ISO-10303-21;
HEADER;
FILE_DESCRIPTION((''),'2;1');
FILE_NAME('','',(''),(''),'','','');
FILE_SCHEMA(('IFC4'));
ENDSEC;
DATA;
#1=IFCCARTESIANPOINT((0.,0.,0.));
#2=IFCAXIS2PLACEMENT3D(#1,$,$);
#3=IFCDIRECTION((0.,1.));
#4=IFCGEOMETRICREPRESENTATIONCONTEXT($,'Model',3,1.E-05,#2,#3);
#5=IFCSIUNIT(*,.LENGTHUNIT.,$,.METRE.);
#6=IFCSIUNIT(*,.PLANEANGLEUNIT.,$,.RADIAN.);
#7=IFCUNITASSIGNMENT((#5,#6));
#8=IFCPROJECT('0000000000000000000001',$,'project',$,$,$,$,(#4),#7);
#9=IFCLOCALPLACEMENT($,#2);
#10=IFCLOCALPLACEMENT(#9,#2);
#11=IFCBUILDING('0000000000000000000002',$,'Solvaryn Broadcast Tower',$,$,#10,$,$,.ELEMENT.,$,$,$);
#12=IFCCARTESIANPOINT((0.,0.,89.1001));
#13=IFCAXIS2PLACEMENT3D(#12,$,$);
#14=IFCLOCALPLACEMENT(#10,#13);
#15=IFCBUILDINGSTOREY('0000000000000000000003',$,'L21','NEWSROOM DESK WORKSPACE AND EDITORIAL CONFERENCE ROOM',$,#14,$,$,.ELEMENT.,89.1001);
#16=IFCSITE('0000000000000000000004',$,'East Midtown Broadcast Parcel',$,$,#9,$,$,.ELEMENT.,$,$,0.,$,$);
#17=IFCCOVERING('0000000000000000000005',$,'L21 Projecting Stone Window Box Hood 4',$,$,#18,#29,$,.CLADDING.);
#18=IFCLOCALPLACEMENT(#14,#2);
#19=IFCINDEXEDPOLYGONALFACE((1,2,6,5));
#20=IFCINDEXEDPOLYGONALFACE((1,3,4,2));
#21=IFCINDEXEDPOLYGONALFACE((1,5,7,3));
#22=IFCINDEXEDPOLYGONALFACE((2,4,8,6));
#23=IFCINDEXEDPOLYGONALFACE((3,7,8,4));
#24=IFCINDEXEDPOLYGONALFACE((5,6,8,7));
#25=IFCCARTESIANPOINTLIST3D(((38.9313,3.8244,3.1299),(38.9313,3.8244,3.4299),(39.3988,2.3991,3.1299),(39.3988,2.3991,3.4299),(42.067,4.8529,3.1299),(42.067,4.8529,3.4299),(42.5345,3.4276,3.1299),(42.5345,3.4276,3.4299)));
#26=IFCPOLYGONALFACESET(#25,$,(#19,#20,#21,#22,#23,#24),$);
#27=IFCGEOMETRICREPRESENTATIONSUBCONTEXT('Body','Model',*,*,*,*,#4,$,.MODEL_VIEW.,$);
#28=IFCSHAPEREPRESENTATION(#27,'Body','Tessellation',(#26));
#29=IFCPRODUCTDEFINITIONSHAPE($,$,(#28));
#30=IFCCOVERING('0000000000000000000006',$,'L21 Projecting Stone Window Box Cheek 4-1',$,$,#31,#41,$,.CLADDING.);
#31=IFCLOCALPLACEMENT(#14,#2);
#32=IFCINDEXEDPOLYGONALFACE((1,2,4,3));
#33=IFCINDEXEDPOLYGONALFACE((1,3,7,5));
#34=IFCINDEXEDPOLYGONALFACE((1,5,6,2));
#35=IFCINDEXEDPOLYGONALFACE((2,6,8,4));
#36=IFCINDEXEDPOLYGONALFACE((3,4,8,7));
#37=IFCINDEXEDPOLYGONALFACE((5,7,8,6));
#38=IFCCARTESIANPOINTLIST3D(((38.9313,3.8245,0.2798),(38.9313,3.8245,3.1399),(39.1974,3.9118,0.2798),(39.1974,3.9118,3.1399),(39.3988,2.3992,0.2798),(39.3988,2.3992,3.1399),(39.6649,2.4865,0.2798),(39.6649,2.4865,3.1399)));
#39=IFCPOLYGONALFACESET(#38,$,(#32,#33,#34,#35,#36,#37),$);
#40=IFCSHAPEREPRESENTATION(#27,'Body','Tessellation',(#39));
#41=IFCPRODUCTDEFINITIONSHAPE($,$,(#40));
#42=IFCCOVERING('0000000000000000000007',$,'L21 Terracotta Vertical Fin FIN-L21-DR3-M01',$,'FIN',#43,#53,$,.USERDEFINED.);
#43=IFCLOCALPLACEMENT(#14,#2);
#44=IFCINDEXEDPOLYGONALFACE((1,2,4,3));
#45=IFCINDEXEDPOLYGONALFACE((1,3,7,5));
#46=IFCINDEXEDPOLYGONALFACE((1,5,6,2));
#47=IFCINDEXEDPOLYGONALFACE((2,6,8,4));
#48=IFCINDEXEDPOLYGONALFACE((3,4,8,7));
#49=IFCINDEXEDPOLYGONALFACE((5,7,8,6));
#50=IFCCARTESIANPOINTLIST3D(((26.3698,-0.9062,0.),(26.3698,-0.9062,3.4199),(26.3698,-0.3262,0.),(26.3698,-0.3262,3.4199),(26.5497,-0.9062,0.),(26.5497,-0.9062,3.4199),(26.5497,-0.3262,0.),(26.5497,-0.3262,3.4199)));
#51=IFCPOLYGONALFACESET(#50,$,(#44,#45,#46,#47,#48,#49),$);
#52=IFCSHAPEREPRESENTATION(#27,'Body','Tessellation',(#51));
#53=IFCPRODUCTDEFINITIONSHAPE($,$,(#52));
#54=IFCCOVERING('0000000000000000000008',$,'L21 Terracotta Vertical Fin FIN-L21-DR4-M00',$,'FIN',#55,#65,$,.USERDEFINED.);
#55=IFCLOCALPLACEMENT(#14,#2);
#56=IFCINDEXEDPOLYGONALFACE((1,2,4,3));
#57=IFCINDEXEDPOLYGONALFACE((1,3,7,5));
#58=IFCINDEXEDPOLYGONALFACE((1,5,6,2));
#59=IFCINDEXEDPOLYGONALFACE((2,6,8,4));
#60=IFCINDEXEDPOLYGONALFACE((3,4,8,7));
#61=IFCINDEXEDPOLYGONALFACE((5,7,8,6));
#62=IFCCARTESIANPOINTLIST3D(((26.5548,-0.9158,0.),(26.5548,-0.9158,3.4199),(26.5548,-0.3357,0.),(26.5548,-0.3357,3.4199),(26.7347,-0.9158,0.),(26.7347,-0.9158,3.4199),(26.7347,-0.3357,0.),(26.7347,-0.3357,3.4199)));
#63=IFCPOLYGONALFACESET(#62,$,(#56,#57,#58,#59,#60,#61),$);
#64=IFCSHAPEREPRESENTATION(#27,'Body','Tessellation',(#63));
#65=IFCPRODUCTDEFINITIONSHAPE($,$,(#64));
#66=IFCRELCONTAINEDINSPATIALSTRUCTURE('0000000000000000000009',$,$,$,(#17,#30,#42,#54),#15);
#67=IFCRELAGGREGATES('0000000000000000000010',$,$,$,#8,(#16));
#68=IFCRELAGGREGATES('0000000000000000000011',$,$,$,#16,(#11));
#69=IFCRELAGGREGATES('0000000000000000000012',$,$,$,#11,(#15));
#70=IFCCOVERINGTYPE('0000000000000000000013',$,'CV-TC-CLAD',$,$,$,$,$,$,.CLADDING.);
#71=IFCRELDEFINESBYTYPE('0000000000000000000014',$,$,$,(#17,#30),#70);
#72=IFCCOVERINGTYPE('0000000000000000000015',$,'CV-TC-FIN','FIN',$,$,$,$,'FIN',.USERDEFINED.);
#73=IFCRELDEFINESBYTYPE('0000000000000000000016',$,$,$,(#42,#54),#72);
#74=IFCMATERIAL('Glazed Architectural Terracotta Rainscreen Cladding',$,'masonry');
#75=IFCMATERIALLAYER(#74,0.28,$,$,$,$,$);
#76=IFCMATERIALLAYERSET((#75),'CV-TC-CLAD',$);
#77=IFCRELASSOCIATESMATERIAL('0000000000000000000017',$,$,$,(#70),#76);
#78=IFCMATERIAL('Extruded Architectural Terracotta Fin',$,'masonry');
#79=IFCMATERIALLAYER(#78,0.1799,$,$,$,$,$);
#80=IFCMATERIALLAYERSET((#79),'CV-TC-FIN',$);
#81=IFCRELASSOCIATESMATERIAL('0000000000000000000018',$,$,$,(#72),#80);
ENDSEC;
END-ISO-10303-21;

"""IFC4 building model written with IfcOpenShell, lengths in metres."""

from ifc_helpers import new_model, si_unit, direction, frame, origin, origin_2d, place, context, subcontext, project, spatial, rectangle, extrude, material, layer, layer_set, type_object, element, save


model = new_model("IFC4")

# Units and contexts
model_context = context("Model", 3, precision=1e-05, world=origin(), true_north=direction((0.0, 1.0)))
body_context = subcontext(model_context, "Body", "Model", "MODEL_VIEW")
ifc_project = project(units=[si_unit("LENGTHUNIT", "METRE"), si_unit("PLANEANGLEUNIT", "RADIAN")], contexts=[model_context])

# Site, building, storey
site_placement = place(None, origin())
site = spatial("IfcSite", under=ifc_project, at=site_placement, Name="East Midtown Broadcast Parcel", CompositionType="ELEMENT", RefElevation=0.0)
building_placement = place(site_placement, origin())
building = spatial("IfcBuilding", under=site, at=building_placement, Name="Solvaryn Broadcast Tower", CompositionType="ELEMENT")
storey_placement = place(building_placement, frame((0.0, 0.0, 89.1001)))
storey = spatial("IfcBuildingStorey", under=building, at=storey_placement, Name="L21", Description="NEWSROOM DESK WORKSPACE AND EDITORIAL CONFERENCE ROOM", CompositionType="ELEMENT", Elevation=89.1001)

# Coverings
ifc_material_1 = material(Name="Glazed Architectural Terracotta Rainscreen Cladding", Category="masonry")
ifc_layer_1 = layer(ifc_material_1, 0.28)
ifc_layer_set_1 = layer_set([ifc_layer_1], Name="CV-TC-CLAD")
covering_type_1 = type_object("IfcCoveringType", Name="CV-TC-CLAD", PredefinedType="CLADDING", material=ifc_layer_set_1)
covering_1_placement = place(storey_placement, frame((40.7329, 3.626, 3.1299), z_axis=(0.0, 0.0, 1.0), x_axis=(0.95019, 0.311672, 0.0)))
element("IfcCovering", 1, at=covering_1_placement, inside=storey, type_object=covering_type_1, Name="L21 Projecting Stone Window Box Hood 4", PredefinedType="CLADDING", context=body_context, shape_type="SweptSolid", body=[
    extrude(rectangle(XDim=3.3, YDim=1.5, at=origin_2d()), origin(), (0.0, 0.0, 1.0), 0.3),
])
covering_2_placement = place(storey_placement, frame((39.2981, 3.1555, 0.2798), z_axis=(0.0, 0.0, 1.0), x_axis=(0.95019, 0.311672, 0.0)))
element("IfcCovering", 2, at=covering_2_placement, inside=storey, type_object=covering_type_1, Name="L21 Projecting Stone Window Box Cheek 4-1", PredefinedType="CLADDING", context=body_context, shape_type="SweptSolid", body=[
    extrude(rectangle(XDim=0.28, YDim=1.5, at=origin_2d()), origin(), (0.0, 0.0, 1.0), 2.8601),
])
ifc_material_2 = material(Name="Extruded Architectural Terracotta Fin", Category="masonry")
ifc_layer_2 = layer(ifc_material_2, 0.1799)
ifc_layer_set_2 = layer_set([ifc_layer_2], Name="CV-TC-FIN")
covering_type_2 = type_object("IfcCoveringType", Name="CV-TC-FIN", Description="FIN", ElementType="FIN", PredefinedType="USERDEFINED", material=ifc_layer_set_2)
for number, where, z_axis, x_axis, name in (
    (3, (26.4597, -0.6162, 0.0), (0.0, 0.0, 1.0), (1.0, 0.0, 0.0), "L21 Terracotta Vertical Fin FIN-L21-DR3-M01"),
    (4, (26.6448, -0.6257, 0.0), (0.0, 0.0, 1.0), (1.0, 0.0, 0.0), "L21 Terracotta Vertical Fin FIN-L21-DR4-M00"),
):
    element("IfcCovering", number, at=place(storey_placement, frame(where, z_axis=z_axis, x_axis=x_axis)), inside=storey, type_object=covering_type_2, Name=name, ObjectType="FIN", PredefinedType="USERDEFINED", context=body_context, shape_type="SweptSolid", body=[
        extrude(rectangle(XDim=0.1799, YDim=0.5801, at=origin_2d()), origin(), (0.0, 0.0, 1.0), 3.4199),
    ])

save(model, "model.ifc")
